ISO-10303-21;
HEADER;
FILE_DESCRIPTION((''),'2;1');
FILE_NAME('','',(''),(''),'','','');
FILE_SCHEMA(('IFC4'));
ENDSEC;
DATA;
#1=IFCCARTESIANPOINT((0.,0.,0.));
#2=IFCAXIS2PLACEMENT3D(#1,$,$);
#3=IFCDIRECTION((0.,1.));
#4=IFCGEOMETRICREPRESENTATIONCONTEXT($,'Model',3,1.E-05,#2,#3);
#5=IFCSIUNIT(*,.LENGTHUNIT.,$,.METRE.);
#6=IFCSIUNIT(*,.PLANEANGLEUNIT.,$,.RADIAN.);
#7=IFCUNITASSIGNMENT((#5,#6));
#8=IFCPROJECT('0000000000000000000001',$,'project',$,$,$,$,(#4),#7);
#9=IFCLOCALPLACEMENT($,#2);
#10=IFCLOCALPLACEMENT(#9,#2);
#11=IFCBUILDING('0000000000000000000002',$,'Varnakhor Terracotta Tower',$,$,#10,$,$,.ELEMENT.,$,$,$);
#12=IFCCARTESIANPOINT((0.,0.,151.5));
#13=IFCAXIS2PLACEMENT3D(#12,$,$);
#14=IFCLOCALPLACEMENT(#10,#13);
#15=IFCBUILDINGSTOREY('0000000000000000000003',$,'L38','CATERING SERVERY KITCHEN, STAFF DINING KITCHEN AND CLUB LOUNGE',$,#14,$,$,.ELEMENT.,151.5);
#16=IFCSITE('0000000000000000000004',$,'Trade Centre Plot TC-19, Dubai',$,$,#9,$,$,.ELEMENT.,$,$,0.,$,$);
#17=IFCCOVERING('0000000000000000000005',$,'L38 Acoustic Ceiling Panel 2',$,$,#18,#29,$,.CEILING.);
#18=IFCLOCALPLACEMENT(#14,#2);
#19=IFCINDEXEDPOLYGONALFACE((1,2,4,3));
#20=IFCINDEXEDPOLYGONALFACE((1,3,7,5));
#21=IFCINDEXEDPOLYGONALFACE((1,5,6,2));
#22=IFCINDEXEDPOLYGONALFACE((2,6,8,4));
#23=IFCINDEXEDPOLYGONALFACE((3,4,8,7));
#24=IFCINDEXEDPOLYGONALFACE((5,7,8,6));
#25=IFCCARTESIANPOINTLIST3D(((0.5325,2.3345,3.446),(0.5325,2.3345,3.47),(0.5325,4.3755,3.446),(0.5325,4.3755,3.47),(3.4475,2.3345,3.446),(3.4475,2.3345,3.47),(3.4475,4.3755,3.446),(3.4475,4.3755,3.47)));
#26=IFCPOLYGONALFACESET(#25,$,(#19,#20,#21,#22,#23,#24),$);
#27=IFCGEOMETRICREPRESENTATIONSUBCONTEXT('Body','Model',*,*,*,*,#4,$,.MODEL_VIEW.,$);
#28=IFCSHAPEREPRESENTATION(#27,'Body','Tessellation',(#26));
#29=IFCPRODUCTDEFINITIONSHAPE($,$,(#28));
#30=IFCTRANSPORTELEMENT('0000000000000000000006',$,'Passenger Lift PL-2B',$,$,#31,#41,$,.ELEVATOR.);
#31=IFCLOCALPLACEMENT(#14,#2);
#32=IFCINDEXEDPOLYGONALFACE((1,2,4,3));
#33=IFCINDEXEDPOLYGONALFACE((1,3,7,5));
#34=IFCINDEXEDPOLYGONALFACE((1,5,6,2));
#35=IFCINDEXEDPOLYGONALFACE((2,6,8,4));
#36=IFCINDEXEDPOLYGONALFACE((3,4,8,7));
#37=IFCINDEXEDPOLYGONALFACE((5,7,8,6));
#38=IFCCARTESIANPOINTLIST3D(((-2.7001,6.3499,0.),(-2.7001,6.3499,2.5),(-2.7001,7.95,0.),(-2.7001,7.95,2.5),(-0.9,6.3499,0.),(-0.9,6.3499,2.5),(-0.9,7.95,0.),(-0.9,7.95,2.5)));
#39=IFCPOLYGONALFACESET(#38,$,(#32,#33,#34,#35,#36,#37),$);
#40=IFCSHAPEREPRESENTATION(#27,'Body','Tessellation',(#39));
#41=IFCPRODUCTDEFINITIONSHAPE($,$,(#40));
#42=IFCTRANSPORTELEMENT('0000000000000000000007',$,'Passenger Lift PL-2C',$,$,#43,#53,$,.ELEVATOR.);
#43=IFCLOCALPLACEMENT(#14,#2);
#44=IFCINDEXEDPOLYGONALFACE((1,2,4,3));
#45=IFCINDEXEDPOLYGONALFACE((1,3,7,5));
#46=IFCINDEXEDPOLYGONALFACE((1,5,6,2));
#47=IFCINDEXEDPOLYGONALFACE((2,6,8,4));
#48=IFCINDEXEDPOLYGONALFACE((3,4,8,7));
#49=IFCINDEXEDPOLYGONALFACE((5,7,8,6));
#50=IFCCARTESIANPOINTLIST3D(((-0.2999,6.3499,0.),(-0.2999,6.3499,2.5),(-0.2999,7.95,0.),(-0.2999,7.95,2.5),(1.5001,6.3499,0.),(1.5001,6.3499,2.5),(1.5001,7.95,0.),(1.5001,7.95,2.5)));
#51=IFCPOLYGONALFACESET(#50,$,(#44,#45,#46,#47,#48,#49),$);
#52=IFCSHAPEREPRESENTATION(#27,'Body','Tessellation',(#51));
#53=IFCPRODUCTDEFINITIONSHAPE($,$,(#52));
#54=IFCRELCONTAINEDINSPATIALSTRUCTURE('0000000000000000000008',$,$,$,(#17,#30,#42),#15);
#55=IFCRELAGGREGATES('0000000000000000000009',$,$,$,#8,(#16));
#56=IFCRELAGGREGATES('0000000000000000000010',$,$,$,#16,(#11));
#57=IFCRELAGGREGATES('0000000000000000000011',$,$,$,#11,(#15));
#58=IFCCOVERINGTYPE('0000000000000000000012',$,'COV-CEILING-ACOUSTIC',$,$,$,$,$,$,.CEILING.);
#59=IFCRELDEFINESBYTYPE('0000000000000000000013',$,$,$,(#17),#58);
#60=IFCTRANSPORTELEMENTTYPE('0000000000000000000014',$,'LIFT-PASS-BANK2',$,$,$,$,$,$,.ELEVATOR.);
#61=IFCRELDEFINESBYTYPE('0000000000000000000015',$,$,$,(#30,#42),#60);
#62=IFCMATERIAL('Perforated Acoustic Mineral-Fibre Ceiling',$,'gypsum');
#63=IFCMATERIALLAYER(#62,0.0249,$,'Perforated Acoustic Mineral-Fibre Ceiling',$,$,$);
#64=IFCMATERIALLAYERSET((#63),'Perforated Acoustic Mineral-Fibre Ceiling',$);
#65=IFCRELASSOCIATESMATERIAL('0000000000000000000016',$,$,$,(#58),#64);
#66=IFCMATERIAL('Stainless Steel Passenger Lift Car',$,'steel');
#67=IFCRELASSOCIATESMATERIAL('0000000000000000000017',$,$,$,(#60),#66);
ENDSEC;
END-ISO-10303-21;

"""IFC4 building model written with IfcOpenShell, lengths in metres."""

from ifc_helpers import new_model, si_unit, direction, frame, origin, origin_2d, place, context, subcontext, project, spatial, rectangle, extrude, source, transform, mapped, material, layer, layer_set, type_object, type_shapes, element, save


model = new_model("IFC4")

# Units and contexts
model_context = context("Model", 3, precision=1e-05, world=origin(), true_north=direction((0.0, 1.0)))
body_context = subcontext(model_context, "Body", "Model", "MODEL_VIEW")
ifc_project = project(units=[si_unit("LENGTHUNIT", "METRE"), si_unit("PLANEANGLEUNIT", "RADIAN")], contexts=[model_context])

# Site, building, storey
site_placement = place(None, origin())
site = spatial("IfcSite", under=ifc_project, at=site_placement, Name="Trade Centre Plot TC-19, Dubai", CompositionType="ELEMENT", RefElevation=0.0)
building_placement = place(site_placement, origin())
building = spatial("IfcBuilding", under=site, at=building_placement, Name="Varnakhor Terracotta Tower", CompositionType="ELEMENT")
storey_placement = place(building_placement, frame((0.0, 0.0, 151.5)))
storey = spatial("IfcBuildingStorey", under=building, at=storey_placement, Name="L38", Description="CATERING SERVERY KITCHEN, STAFF DINING KITCHEN AND CLUB LOUNGE", CompositionType="ELEMENT", Elevation=151.5)

# Covering
ifc_material_1 = material(Name="Perforated Acoustic Mineral-Fibre Ceiling", Category="gypsum")
ifc_layer_1 = layer(ifc_material_1, 0.0249, Name="Perforated Acoustic Mineral-Fibre Ceiling")
ifc_layer_set_1 = layer_set([ifc_layer_1], Name="Perforated Acoustic Mineral-Fibre Ceiling")
covering_type_1 = type_object("IfcCoveringType", Name="COV-CEILING-ACOUSTIC", PredefinedType="CEILING", material=ifc_layer_set_1)
shared_shape_1 = source(origin(), body_context, "Body", "SweptSolid", [
    extrude(rectangle(XDim=2.915, YDim=2.041, at=origin_2d()), origin(), (0.0, 0.0, 1.0), 0.0239),
])
covering_1_placement = place(storey_placement, frame((1.99, 3.355, 3.446), z_axis=(0.0, 0.0, 1.0), x_axis=(1.0, 0.0, 0.0)))
element("IfcCovering", 1, at=covering_1_placement, inside=storey, type_object=covering_type_1, Name="L38 Acoustic Ceiling Panel 2", PredefinedType="CEILING", context=body_context, shape_type="MappedRepresentation", body=[
    mapped(shared_shape_1, transform((0.0, 0.0, 0.0), scale=1.0)),
])

# Transport elements
ifc_material_2 = material(Name="Stainless Steel Passenger Lift Car", Category="steel")
transport_element_type = type_object("IfcTransportElementType", Name="LIFT-PASS-BANK2", PredefinedType="ELEVATOR", material=ifc_material_2)
shared_shape_2 = source(origin(), body_context, "Body", "SweptSolid", [
    extrude(rectangle(XDim=1.8, YDim=1.6001, at=origin_2d()), origin(), (0.0, 0.0, 1.0), 2.5),
])
type_shapes(transport_element_type, [shared_shape_2])
for number, where, z_axis, x_axis, name in (
    (2, (-1.8, 7.1499, 0.0), (0.0, 0.0, 1.0), (1.0, 0.0, 0.0), "Passenger Lift PL-2B"),
    (3, (0.6001, 7.1499, 0.0), (0.0, 0.0, 1.0), (1.0, 0.0, 0.0), "Passenger Lift PL-2C"),
):
    element("IfcTransportElement", number, at=place(storey_placement, frame(where, z_axis=z_axis, x_axis=x_axis)), inside=storey, type_object=transport_element_type, Name=name, PredefinedType="ELEVATOR", context=body_context, shape_type="MappedRepresentation", body=[
        mapped(shared_shape_2, transform((0.0, 0.0, 0.0), scale=1.0)),
    ])

save(model, "model.ifc")
